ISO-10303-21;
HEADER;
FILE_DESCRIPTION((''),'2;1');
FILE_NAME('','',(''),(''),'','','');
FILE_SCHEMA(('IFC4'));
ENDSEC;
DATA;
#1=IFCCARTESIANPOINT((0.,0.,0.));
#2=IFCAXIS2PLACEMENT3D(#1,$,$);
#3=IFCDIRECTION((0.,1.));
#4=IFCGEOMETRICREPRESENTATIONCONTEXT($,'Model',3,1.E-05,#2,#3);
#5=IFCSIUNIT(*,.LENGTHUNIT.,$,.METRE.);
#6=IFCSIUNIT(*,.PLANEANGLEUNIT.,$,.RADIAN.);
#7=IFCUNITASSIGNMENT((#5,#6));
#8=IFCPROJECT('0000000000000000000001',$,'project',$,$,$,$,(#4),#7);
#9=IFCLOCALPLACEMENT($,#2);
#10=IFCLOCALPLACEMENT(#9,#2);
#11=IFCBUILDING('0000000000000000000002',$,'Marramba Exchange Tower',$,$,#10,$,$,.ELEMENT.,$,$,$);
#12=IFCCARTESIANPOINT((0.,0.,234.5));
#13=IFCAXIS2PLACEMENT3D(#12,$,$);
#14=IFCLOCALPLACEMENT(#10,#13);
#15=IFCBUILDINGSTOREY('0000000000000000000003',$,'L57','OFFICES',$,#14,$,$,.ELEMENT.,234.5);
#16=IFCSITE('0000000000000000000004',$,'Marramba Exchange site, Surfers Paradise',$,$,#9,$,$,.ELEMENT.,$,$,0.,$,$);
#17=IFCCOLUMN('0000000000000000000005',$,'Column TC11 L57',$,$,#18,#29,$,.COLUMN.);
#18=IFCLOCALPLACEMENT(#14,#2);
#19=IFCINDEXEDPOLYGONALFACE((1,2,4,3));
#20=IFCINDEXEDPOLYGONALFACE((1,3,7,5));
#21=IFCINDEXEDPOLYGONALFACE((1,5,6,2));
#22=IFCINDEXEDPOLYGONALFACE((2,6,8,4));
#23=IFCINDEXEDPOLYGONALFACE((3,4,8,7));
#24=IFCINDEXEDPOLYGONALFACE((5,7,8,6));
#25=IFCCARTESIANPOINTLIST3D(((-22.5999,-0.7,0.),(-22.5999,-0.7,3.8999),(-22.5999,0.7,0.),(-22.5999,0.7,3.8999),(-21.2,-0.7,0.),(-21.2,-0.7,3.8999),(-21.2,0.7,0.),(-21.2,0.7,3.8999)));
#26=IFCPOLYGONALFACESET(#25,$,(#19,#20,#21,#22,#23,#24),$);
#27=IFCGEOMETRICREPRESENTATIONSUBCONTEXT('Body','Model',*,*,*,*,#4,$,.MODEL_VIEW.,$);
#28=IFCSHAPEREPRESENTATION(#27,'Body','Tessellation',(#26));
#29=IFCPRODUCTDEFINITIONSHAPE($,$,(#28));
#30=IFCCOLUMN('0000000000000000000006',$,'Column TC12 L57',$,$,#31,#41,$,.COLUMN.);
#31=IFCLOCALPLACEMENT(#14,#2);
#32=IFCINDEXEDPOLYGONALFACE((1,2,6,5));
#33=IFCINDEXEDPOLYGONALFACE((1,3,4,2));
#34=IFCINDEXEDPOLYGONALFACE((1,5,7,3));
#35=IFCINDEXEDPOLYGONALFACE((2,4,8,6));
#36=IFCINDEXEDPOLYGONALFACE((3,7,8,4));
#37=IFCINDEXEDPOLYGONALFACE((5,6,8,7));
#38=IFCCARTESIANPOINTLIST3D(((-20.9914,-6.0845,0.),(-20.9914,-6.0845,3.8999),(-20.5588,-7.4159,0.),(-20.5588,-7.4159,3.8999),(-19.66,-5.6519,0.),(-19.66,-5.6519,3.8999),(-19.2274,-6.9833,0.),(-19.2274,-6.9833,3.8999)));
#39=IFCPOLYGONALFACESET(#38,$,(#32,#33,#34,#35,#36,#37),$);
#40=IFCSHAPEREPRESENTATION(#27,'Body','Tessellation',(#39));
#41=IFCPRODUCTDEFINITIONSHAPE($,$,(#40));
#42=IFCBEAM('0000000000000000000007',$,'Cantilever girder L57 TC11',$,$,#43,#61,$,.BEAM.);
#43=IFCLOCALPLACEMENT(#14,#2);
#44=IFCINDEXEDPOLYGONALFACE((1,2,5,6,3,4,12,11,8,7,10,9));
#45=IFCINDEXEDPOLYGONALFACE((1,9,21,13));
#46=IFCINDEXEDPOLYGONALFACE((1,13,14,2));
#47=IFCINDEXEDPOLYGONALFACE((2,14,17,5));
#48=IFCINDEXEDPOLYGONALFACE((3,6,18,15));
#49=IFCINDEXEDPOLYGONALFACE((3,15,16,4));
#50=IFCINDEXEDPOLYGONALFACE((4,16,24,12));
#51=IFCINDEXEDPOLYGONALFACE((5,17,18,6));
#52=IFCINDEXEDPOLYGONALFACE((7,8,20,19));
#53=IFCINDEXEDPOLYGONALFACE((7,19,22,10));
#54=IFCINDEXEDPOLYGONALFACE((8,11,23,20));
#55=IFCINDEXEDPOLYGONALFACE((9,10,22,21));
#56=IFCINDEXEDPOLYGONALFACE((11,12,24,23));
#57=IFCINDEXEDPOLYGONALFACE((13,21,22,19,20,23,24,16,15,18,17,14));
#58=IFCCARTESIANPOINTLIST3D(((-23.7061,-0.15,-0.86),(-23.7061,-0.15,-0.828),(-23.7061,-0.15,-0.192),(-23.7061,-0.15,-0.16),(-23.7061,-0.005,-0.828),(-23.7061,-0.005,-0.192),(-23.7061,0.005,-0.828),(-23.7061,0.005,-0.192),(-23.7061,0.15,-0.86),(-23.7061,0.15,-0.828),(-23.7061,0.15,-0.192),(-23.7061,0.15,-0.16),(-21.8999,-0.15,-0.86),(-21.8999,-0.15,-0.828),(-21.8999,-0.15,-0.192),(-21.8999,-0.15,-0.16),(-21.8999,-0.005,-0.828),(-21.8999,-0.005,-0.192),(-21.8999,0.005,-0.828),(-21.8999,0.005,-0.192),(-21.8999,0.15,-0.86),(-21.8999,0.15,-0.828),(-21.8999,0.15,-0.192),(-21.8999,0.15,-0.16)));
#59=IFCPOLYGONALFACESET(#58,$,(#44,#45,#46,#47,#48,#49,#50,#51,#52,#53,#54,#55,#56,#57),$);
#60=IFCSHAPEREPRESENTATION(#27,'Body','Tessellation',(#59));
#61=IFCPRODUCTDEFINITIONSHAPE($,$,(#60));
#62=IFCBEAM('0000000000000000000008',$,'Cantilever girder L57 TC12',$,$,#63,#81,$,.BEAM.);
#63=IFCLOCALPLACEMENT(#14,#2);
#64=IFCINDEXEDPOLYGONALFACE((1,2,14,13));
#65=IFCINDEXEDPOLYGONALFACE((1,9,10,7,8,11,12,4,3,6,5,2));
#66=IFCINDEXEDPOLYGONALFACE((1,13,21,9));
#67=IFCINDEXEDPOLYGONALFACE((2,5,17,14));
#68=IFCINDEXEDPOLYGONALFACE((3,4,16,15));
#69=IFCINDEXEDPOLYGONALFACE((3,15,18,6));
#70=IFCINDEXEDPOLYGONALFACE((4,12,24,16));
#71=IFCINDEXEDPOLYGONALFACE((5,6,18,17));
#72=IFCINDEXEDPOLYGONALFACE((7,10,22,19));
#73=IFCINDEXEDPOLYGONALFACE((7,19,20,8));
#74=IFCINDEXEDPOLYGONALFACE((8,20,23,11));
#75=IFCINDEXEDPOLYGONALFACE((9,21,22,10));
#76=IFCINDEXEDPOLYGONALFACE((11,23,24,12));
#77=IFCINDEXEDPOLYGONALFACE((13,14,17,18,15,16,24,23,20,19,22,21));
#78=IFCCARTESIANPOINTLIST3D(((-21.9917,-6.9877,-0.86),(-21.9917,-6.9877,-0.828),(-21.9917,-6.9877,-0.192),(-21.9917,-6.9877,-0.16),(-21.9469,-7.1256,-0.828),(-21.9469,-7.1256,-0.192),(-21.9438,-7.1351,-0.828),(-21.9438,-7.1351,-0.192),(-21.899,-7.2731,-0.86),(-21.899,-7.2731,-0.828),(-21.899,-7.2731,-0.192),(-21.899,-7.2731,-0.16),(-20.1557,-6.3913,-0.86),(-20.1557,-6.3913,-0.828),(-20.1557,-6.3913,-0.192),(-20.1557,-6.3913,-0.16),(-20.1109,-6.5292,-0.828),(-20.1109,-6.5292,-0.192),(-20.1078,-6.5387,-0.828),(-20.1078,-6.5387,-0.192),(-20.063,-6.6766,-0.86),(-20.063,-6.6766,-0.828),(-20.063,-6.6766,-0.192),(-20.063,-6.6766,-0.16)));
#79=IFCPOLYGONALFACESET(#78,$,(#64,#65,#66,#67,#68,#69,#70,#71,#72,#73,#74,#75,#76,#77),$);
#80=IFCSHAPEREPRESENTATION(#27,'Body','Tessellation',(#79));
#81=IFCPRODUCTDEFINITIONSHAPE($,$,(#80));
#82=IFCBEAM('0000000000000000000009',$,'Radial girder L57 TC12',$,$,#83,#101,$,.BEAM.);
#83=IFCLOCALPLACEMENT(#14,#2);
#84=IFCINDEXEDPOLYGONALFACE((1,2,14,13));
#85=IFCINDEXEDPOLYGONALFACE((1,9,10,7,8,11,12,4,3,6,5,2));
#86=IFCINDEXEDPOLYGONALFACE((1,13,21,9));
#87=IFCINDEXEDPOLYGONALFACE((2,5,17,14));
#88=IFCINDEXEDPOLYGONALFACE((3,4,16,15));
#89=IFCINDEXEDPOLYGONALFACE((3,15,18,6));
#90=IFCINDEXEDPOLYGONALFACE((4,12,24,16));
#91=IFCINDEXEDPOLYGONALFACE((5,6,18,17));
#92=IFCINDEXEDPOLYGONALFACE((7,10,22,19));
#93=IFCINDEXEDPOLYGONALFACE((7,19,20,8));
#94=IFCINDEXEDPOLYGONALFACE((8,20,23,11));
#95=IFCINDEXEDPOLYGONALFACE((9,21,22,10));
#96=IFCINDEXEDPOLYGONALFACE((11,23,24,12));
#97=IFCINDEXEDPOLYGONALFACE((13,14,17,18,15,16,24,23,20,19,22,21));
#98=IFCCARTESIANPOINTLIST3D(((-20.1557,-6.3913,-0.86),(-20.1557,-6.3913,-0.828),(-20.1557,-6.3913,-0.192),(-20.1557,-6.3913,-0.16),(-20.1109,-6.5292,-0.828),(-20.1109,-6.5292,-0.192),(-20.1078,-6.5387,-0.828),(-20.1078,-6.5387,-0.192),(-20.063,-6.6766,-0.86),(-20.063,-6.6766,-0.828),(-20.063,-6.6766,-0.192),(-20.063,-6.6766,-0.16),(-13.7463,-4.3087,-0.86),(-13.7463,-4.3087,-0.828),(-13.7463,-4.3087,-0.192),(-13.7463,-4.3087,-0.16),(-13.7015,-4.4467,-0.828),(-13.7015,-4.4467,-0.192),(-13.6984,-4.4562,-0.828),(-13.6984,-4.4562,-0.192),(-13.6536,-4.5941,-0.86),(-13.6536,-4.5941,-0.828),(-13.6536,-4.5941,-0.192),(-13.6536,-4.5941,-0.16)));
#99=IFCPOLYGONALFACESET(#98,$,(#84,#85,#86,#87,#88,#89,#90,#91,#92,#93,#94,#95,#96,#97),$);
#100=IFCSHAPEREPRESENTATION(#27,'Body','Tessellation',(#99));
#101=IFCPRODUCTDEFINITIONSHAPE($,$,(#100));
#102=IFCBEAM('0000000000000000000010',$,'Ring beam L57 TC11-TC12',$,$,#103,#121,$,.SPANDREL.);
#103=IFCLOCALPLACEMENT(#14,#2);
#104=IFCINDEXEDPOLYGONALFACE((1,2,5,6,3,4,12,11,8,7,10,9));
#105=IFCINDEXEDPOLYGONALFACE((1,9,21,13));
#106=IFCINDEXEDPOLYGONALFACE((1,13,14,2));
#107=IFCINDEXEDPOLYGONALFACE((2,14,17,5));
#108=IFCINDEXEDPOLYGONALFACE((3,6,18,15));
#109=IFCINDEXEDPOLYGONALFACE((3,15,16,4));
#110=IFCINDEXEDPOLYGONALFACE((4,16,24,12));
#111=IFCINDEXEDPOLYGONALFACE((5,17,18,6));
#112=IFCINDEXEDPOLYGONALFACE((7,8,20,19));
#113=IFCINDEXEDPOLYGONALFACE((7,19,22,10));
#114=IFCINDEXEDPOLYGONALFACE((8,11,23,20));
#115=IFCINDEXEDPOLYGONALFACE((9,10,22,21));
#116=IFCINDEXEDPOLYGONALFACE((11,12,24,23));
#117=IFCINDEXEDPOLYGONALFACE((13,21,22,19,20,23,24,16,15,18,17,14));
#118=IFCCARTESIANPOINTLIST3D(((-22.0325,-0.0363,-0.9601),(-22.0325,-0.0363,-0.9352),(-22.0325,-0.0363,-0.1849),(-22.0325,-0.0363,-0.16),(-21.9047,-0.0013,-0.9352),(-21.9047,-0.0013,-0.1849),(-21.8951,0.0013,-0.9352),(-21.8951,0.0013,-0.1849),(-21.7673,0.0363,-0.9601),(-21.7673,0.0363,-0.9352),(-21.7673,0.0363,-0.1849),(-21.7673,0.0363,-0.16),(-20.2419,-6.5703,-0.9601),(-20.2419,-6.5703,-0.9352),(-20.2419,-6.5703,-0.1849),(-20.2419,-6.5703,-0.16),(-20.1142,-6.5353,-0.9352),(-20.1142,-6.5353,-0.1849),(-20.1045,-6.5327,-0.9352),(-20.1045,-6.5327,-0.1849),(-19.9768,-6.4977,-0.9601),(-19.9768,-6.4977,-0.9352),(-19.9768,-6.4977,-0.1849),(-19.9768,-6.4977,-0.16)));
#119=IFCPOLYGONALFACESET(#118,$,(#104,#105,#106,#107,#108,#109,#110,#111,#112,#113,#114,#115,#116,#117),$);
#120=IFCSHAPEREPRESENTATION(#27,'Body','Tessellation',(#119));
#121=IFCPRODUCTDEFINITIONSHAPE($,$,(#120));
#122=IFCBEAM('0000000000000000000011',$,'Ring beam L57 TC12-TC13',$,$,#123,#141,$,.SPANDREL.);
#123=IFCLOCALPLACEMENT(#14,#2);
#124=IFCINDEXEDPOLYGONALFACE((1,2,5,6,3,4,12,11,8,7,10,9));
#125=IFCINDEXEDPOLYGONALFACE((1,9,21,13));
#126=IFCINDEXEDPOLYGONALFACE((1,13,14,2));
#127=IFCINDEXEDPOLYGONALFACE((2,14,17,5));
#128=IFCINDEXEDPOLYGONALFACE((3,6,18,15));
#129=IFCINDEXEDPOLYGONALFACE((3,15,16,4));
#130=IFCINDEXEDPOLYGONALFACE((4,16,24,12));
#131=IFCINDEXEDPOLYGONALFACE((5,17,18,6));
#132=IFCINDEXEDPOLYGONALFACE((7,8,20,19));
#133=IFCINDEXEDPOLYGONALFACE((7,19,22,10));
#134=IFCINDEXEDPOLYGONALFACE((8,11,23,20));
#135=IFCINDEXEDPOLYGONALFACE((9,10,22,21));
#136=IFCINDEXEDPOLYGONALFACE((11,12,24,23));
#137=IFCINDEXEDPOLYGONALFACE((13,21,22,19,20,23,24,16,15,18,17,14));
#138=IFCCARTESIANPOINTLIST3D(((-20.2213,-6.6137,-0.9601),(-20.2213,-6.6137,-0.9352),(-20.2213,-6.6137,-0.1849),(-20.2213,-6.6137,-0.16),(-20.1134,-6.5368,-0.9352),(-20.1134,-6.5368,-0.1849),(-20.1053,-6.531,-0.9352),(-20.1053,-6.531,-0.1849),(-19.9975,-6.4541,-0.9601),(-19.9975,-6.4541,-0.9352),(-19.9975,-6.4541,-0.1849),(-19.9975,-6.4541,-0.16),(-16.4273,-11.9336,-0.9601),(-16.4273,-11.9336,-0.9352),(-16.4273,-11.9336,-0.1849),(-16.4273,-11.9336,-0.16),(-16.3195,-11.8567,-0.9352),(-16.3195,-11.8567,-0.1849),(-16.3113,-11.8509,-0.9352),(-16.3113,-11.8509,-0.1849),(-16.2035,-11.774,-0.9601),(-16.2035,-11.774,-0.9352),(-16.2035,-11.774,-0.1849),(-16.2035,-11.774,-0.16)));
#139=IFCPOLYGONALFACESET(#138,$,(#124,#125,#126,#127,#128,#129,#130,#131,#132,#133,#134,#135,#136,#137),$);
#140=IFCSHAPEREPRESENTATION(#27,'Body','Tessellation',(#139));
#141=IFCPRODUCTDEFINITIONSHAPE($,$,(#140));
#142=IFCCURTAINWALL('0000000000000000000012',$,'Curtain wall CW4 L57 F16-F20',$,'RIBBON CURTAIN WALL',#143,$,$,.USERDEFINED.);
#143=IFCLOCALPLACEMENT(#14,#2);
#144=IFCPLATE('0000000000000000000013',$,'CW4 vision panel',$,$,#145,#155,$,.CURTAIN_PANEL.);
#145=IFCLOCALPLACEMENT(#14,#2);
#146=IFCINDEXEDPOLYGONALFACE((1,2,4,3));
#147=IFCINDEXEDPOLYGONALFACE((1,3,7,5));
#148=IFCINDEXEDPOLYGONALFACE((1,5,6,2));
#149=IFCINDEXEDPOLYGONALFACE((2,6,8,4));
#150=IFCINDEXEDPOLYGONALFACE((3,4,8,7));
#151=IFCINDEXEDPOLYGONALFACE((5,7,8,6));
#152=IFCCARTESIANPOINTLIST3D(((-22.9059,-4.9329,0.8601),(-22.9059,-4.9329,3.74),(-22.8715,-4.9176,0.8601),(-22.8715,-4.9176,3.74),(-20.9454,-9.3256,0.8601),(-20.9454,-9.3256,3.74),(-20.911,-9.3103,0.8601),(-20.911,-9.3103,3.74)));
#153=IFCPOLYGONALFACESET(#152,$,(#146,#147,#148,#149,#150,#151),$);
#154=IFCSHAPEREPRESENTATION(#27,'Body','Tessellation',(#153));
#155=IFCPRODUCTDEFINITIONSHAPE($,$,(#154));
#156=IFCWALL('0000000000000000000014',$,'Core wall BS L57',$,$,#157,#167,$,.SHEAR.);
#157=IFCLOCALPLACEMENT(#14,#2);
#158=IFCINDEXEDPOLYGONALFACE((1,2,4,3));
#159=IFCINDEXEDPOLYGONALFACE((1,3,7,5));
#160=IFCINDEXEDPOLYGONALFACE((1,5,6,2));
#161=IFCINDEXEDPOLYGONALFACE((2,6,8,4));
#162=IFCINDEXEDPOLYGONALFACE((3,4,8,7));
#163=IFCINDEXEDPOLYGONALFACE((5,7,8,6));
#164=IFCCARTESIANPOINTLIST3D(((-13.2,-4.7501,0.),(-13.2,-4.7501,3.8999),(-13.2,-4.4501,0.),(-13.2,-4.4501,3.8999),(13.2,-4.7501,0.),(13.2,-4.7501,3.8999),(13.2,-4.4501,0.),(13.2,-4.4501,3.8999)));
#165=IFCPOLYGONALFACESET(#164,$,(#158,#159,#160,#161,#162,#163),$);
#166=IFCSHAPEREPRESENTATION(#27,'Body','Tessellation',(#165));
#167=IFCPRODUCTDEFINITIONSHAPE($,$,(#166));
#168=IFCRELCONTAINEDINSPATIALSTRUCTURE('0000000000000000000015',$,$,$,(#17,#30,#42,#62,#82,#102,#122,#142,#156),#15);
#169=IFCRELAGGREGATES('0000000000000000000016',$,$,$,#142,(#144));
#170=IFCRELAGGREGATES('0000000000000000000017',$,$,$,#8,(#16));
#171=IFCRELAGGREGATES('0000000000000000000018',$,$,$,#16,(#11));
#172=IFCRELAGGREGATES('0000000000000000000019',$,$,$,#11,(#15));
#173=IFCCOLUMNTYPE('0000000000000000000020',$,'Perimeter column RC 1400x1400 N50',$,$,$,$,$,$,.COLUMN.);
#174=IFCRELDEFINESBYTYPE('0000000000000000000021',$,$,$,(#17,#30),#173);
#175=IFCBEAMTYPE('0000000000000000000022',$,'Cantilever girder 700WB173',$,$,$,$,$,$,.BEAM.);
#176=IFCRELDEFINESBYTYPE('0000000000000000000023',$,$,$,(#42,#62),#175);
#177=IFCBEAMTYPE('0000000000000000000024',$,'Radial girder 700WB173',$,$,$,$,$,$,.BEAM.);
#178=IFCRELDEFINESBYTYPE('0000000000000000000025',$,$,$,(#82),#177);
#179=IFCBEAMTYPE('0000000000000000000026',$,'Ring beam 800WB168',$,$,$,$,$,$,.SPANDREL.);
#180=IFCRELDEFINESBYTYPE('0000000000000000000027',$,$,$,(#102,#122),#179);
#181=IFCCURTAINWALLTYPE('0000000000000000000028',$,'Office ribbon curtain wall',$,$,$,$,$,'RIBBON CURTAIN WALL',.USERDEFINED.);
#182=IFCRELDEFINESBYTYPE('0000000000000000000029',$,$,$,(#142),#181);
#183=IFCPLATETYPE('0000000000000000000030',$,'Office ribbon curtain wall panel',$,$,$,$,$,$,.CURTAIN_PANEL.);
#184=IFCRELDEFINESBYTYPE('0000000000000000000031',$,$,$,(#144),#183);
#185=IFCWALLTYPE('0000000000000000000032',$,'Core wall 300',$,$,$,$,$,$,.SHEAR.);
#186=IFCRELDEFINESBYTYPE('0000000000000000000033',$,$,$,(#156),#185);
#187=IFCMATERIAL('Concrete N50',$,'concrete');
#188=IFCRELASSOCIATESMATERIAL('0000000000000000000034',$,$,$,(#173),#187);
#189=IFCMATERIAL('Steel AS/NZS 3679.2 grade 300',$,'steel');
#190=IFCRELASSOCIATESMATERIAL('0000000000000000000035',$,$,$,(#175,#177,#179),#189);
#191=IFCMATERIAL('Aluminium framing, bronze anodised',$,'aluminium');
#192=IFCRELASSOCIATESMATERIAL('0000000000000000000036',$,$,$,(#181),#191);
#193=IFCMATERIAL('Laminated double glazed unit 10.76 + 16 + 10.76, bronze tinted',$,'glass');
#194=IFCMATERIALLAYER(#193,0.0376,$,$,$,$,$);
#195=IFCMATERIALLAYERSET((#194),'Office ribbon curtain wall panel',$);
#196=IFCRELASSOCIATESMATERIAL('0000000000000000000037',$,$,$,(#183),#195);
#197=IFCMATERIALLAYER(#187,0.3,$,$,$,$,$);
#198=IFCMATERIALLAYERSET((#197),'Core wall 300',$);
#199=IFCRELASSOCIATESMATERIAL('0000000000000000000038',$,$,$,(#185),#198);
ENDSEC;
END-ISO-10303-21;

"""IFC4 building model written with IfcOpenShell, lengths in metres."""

from ifc_helpers import new_model, si_unit, direction, frame, frame_2d, origin, origin_2d, place, context, subcontext, project, spatial, rectangle, i_section, extrude, material, layer, layer_set, material_profile, profile_set, type_object, element, aggregate, save


model = new_model("IFC4")

# Units and contexts
model_context = context("Model", 3, precision=1e-05, world=origin(), true_north=direction((0.0, 1.0)))
body_context = subcontext(model_context, "Body", "Model", "MODEL_VIEW")
ifc_project = project(units=[si_unit("LENGTHUNIT", "METRE"), si_unit("PLANEANGLEUNIT", "RADIAN")], contexts=[model_context])

# Site, building, storey
site_placement = place(None, origin())
site = spatial("IfcSite", under=ifc_project, at=site_placement, Name="Marramba Exchange site, Surfers Paradise", CompositionType="ELEMENT", RefElevation=0.0)
building_placement = place(site_placement, origin())
building = spatial("IfcBuilding", under=site, at=building_placement, Name="Marramba Exchange Tower", CompositionType="ELEMENT")
storey_placement = place(building_placement, frame((0.0, 0.0, 234.5)))
storey = spatial("IfcBuildingStorey", under=building, at=storey_placement, Name="L57", Description="OFFICES", CompositionType="ELEMENT", Elevation=234.5)

# Columns
ifc_material_1 = material(Name="Concrete N50", Category="concrete")
ifc_material_profile_1 = material_profile(ifc_material_1, rectangle(XDim=1.3999, YDim=1.3999, at=origin_2d()), Name="RC 1400x1400")
ifc_profile_set_1 = profile_set([ifc_material_profile_1], Name="Concrete N50")
column_type = type_object("IfcColumnType", Name="Perimeter column RC 1400x1400 N50", PredefinedType="COLUMN", material=ifc_profile_set_1)
for number, where, z_axis, x_axis, name in (
    (1, (-21.8999, 0.0, 0.0), (0.0, 0.0, 1.0), (-1.0, 0.0, 0.0), "Column TC11 L57"),
    (2, (-20.1094, -6.5339, 0.0), (0.0, 0.0, 1.0), (-0.951057, -0.309017, 0.0), "Column TC12 L57"),
):
    element("IfcColumn", number, at=place(storey_placement, frame(where, z_axis=z_axis, x_axis=x_axis)), inside=storey, type_object=column_type, Name=name, PredefinedType="COLUMN", context=body_context, shape_type="SweptSolid", body=[
        extrude(rectangle(XDim=1.3999, YDim=1.3999, at=origin_2d()), origin(), (0.0, 0.0, 1.0), 3.8999),
    ])

# Beams
ifc_material_2 = material(Name="Steel AS/NZS 3679.2 grade 300", Category="steel")
ifc_material_profile_2 = material_profile(ifc_material_2, i_section(OverallWidth=0.3, OverallDepth=0.7, WebThickness=0.01, FlangeThickness=0.032, at=origin_2d()), Name="700WB173")
ifc_profile_set_2 = profile_set([ifc_material_profile_2], Name="Steel AS/NZS 3679.2 grade 300")
beam_type_1 = type_object("IfcBeamType", Name="Cantilever girder 700WB173", PredefinedType="BEAM", material=ifc_profile_set_2)
beam_1_placement = place(storey_placement, frame((-21.8999, 0.0, -0.51), z_axis=(-1.0, 0.0, 0.0), x_axis=(0.0, -1.0, 0.0)))
element("IfcBeam", 3, at=beam_1_placement, inside=storey, type_object=beam_type_1, Name="Cantilever girder L57 TC11", PredefinedType="BEAM", context=body_context, shape_type="SweptSolid", body=[
    extrude(i_section(OverallWidth=0.3, OverallDepth=0.7, WebThickness=0.01, FlangeThickness=0.032, at=origin_2d()), origin(), (0.0, 0.0, 1.0), 1.8062),
])
beam_2_placement = place(storey_placement, frame((-20.1094, -6.5339, -0.51), z_axis=(-0.951071, -0.308972, 0.0), x_axis=(0.308972, -0.951071, 0.0)))
element("IfcBeam", 4, at=beam_2_placement, inside=storey, type_object=beam_type_1, Name="Cantilever girder L57 TC12", PredefinedType="BEAM", context=body_context, shape_type="SweptSolid", body=[
    extrude(i_section(OverallWidth=0.3, OverallDepth=0.7, WebThickness=0.01, FlangeThickness=0.032, at=origin_2d()), origin(), (0.0, 0.0, 1.0), 1.9304),
])
ifc_material_profile_3 = material_profile(ifc_material_2, i_section(OverallWidth=0.3, OverallDepth=0.7, WebThickness=0.01, FlangeThickness=0.032, at=origin_2d()), Name="700WB173")
ifc_profile_set_3 = profile_set([ifc_material_profile_3], Name="Steel AS/NZS 3679.2 grade 300")
beam_type_2 = type_object("IfcBeamType", Name="Radial girder 700WB173", PredefinedType="BEAM", material=ifc_profile_set_3)
beam_3_placement = place(storey_placement, frame((-13.7, -4.4514, -0.51), z_axis=(-0.951058, -0.309013, 0.0), x_axis=(0.309013, -0.951058, 0.0)))
element("IfcBeam", 5, at=beam_3_placement, inside=storey, type_object=beam_type_2, Name="Radial girder L57 TC12", PredefinedType="BEAM", context=body_context, shape_type="SweptSolid", body=[
    extrude(i_section(OverallWidth=0.3, OverallDepth=0.7, WebThickness=0.01, FlangeThickness=0.032, at=origin_2d()), origin(), (0.0, 0.0, 1.0), 6.7393),
])
ifc_material_profile_4 = material_profile(ifc_material_2, i_section(OverallWidth=0.2749, OverallDepth=0.8, WebThickness=0.01, FlangeThickness=0.0249, at=origin_2d()), Name="800WB168")
ifc_profile_set_4 = profile_set([ifc_material_profile_4], Name="Steel AS/NZS 3679.2 grade 300")
beam_type_3 = type_object("IfcBeamType", Name="Ring beam 800WB168", PredefinedType="SPANDREL", material=ifc_profile_set_4)
beam_4_placement = place(storey_placement, frame((-21.8999, 0.0, -0.5601), z_axis=(0.264291, -0.964443, 0.0), x_axis=(0.964443, 0.264291, 0.0)))
element("IfcBeam", 6, at=beam_4_placement, inside=storey, type_object=beam_type_3, Name="Ring beam L57 TC11-TC12", PredefinedType="SPANDREL", context=body_context, shape_type="SweptSolid", body=[
    extrude(i_section(OverallWidth=0.2749, OverallDepth=0.8, WebThickness=0.01, FlangeThickness=0.0249, at=origin_2d()), origin(), (0.0, 0.0, 1.0), 6.7749),
])
beam_5_placement = place(storey_placement, frame((-20.1094, -6.5339, -0.5601), z_axis=(0.580637, -0.814162, 0.0), x_axis=(0.814162, 0.580637, 0.0)))
element("IfcBeam", 7, at=beam_5_placement, inside=storey, type_object=beam_type_3, Name="Ring beam L57 TC12-TC13", PredefinedType="SPANDREL", context=body_context, shape_type="SweptSolid", body=[
    extrude(i_section(OverallWidth=0.2749, OverallDepth=0.8, WebThickness=0.01, FlangeThickness=0.0249, at=origin_2d()), origin(), (0.0, 0.0, 1.0), 6.5342),
])

# Curtain wall, plate
ifc_material_3 = material(Name="Aluminium framing, bronze anodised", Category="aluminium")
curtain_wall_type = type_object("IfcCurtainWallType", Name="Office ribbon curtain wall", ElementType="RIBBON CURTAIN WALL", PredefinedType="USERDEFINED", material=ifc_material_3)
curtain_wall_placement = place(storey_placement, origin())
curtain_wall = element("IfcCurtainWall", 8, at=curtain_wall_placement, inside=storey, type_object=curtain_wall_type, Name="Curtain wall CW4 L57 F16-F20", ObjectType="RIBBON CURTAIN WALL", PredefinedType="USERDEFINED")
ifc_material_4 = material(Name="Laminated double glazed unit 10.76 + 16 + 10.76, bronze tinted", Category="glass")
ifc_layer_1 = layer(ifc_material_4, 0.0376)
ifc_layer_set_1 = layer_set([ifc_layer_1], Name="Office ribbon curtain wall panel")
plate_type = type_object("IfcPlateType", Name="Office ribbon curtain wall panel", PredefinedType="CURTAIN_PANEL", material=ifc_layer_set_1)
plate_placement = place(storey_placement, frame((-21.9084, -7.1216, 0.8601), z_axis=(0.0, 0.0, 1.0), x_axis=(0.407558, -0.91318, 0.0)))
plate = element("IfcPlate", 9, at=plate_placement, type_object=plate_type, Name="CW4 vision panel", PredefinedType="CURTAIN_PANEL", context=body_context, shape_type="SweptSolid", body=[
    extrude(rectangle(XDim=4.8103, YDim=0.0376, at=origin_2d()), origin(), (0.0, 0.0, 1.0), 2.8799),
])
aggregate(curtain_wall, [plate])

# Shared definitions
ifc_layer_2 = layer(ifc_material_1, 0.3)
ifc_layer_set_2 = layer_set([ifc_layer_2], Name="Core wall 300")
wall_type_1 = type_object("IfcWallType", Name="Core wall 300", PredefinedType="SHEAR", material=ifc_layer_set_2)

# Wall
wall_1_placement = place(storey_placement, frame((-13.2, -4.6001, 0.0), z_axis=(0.0, 0.0, 1.0), x_axis=(1.0, 0.0, 0.0)))
element("IfcWall", 10, at=wall_1_placement, inside=storey, type_object=wall_type_1, Name="Core wall BS L57", PredefinedType="SHEAR", context=body_context, shape_type="SweptSolid", body=[
    extrude(rectangle(XDim=26.3999, YDim=0.3, at=frame_2d((13.2, 0.0))), origin(), (0.0, 0.0, 1.0), 3.8999),
])

save(model, "model.ifc")
